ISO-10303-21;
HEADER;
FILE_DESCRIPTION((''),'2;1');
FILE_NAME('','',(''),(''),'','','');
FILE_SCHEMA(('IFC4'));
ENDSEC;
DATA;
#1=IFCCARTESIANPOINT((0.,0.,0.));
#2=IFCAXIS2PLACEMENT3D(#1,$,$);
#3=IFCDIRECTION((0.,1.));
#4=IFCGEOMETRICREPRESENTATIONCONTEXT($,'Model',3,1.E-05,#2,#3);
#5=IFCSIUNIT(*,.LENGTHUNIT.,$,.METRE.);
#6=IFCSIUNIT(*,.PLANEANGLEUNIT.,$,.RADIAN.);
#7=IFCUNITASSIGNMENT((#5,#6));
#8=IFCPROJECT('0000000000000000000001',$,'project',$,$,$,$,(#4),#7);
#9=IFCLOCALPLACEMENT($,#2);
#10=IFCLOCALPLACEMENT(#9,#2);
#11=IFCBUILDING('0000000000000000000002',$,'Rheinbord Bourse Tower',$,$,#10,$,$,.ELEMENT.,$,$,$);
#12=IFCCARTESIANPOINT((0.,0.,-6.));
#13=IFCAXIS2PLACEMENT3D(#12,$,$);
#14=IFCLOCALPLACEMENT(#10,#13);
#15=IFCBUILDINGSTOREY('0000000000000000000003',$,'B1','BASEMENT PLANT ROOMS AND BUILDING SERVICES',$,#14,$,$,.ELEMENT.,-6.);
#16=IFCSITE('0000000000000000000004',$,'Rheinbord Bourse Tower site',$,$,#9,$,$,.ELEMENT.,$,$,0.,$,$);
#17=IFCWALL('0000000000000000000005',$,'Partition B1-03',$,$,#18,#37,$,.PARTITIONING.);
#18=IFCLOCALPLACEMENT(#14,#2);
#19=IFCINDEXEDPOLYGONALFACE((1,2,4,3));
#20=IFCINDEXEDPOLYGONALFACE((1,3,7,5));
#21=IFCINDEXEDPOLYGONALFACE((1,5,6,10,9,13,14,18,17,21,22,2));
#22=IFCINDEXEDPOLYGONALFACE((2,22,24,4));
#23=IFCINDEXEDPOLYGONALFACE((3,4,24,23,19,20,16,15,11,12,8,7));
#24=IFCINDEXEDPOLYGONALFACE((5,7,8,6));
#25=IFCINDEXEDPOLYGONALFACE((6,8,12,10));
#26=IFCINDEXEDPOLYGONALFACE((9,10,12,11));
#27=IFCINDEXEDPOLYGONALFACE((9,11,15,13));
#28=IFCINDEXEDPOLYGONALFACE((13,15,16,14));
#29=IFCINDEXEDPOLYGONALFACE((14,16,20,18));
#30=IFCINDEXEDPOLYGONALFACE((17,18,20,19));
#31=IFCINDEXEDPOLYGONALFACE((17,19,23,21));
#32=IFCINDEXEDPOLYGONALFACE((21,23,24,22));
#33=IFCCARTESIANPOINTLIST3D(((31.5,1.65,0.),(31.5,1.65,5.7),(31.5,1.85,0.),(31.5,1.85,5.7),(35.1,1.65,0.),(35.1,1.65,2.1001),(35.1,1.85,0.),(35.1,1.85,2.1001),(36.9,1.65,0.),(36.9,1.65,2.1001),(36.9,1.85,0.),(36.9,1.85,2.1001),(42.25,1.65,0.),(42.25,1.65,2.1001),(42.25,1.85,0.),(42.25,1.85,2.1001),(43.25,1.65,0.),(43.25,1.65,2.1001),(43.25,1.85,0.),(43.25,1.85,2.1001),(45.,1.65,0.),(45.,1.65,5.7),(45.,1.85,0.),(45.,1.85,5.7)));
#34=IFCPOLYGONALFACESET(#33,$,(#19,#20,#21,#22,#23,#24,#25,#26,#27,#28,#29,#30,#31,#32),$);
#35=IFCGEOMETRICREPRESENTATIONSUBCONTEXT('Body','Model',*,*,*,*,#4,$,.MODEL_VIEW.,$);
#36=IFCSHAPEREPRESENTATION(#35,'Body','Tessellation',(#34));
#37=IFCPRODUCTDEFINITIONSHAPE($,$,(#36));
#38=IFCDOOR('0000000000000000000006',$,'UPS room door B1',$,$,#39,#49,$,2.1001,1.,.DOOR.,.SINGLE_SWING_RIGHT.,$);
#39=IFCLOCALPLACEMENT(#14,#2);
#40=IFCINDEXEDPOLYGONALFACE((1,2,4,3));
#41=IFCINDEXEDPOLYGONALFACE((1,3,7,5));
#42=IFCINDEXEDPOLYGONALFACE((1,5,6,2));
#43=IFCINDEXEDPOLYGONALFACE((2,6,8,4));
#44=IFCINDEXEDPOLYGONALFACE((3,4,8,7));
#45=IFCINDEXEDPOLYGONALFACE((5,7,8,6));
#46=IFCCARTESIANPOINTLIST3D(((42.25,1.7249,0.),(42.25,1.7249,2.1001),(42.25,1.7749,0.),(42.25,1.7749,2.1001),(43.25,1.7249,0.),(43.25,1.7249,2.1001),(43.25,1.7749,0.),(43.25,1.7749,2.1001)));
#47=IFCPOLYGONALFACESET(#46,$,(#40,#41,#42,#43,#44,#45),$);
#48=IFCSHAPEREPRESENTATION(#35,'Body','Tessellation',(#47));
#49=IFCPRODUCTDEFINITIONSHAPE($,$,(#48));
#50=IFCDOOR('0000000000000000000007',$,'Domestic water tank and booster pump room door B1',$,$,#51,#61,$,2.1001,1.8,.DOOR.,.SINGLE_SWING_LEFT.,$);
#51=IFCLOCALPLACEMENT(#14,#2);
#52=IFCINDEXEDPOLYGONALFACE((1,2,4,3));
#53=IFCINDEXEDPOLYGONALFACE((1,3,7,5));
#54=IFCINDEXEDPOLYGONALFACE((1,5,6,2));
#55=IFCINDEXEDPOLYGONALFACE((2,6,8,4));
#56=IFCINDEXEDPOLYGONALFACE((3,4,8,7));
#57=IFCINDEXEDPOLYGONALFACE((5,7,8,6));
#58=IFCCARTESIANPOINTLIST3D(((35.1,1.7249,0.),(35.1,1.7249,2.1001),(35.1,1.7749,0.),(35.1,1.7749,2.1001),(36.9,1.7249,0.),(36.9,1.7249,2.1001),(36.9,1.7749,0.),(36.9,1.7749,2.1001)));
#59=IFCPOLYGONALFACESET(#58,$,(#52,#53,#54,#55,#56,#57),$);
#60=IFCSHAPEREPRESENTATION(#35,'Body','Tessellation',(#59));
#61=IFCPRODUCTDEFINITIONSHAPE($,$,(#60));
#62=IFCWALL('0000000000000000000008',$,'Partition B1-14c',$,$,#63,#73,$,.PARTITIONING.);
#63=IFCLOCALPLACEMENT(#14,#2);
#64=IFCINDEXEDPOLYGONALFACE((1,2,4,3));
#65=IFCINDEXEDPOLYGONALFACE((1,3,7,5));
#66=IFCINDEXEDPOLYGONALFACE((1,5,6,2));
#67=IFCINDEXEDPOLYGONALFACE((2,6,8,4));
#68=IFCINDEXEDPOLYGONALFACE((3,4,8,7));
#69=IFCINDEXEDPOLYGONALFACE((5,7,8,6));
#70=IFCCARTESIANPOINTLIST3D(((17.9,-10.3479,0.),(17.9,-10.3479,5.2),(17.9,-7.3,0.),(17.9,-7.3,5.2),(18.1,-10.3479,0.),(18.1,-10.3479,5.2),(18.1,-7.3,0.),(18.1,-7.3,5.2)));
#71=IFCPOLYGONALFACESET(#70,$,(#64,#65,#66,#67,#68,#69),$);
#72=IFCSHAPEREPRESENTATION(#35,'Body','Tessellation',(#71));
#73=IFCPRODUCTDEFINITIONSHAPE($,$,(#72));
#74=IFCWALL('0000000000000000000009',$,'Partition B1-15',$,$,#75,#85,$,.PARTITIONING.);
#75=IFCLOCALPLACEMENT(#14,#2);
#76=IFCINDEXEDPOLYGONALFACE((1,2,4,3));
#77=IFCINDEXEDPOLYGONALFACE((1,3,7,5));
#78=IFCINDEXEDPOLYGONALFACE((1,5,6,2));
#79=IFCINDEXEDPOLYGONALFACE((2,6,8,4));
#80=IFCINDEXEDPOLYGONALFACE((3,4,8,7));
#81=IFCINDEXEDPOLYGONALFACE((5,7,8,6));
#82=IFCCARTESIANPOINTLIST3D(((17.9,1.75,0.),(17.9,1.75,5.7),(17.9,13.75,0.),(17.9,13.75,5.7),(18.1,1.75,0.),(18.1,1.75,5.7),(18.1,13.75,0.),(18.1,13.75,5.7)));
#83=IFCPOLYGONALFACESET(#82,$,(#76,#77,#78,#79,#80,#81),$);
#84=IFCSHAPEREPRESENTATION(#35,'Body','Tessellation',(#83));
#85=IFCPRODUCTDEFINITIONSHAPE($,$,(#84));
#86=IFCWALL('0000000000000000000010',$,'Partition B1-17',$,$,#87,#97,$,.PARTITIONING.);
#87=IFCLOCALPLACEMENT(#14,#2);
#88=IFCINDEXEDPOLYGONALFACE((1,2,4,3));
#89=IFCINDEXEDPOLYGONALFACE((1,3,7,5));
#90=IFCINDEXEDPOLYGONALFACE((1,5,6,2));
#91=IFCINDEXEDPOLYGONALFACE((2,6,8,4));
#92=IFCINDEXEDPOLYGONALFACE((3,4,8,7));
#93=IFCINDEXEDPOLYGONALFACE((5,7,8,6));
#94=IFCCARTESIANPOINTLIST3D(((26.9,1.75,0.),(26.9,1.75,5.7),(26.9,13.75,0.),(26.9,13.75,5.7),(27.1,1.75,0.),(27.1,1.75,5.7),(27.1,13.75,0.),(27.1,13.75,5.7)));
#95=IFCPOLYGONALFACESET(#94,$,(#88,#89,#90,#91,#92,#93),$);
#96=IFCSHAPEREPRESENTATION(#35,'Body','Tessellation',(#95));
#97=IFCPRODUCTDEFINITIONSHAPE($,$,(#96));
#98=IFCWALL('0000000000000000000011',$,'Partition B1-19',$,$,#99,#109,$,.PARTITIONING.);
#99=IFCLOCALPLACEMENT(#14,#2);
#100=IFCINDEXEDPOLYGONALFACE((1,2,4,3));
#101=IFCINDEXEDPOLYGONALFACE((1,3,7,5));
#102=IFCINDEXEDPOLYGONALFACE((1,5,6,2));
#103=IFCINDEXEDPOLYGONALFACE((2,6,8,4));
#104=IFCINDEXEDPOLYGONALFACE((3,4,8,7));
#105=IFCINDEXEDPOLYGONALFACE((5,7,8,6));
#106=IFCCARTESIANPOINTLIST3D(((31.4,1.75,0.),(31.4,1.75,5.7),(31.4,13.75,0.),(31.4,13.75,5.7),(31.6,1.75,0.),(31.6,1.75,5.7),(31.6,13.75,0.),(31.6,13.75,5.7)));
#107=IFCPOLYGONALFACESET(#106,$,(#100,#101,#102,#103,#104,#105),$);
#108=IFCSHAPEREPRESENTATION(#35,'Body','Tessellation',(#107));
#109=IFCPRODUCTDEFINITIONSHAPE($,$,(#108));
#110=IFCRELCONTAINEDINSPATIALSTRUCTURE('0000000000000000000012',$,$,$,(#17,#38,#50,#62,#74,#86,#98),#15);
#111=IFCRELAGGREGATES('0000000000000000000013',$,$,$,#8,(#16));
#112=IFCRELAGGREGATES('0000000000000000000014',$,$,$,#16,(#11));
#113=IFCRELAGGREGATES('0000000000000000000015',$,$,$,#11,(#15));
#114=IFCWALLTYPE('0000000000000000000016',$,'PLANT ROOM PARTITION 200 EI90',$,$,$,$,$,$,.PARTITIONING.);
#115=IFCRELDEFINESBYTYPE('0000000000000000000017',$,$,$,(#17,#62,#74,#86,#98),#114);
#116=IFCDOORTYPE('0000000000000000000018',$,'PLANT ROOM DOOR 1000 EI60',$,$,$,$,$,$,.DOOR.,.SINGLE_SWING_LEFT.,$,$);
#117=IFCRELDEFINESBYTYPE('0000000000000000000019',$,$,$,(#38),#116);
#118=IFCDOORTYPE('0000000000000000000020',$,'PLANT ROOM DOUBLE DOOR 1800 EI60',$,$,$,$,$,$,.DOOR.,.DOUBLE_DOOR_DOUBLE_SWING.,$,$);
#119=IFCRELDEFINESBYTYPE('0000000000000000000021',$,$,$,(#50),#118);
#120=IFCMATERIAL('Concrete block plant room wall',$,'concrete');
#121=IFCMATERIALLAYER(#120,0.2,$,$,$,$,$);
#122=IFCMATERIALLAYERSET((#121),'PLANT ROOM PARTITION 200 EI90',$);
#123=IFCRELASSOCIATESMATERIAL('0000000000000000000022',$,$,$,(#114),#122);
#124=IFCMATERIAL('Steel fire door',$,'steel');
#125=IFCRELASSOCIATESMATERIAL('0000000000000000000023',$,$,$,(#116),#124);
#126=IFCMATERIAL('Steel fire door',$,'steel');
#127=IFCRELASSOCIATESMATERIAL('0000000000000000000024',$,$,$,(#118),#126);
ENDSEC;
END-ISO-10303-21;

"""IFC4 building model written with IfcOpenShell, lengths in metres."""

from ifc_helpers import new_model, si_unit, direction, frame, frame_2d, origin, place, context, subcontext, project, spatial, rectangle, extrude, material, layer, layer_set, type_object, element, fill, save


model = new_model("IFC4")

# Units and contexts
model_context = context("Model", 3, precision=1e-05, world=origin(), true_north=direction((0.0, 1.0)))
body_context = subcontext(model_context, "Body", "Model", "MODEL_VIEW")
ifc_project = project(units=[si_unit("LENGTHUNIT", "METRE"), si_unit("PLANEANGLEUNIT", "RADIAN")], contexts=[model_context])

# Site, building, storey
site_placement = place(None, origin())
site = spatial("IfcSite", under=ifc_project, at=site_placement, Name="Rheinbord Bourse Tower site", CompositionType="ELEMENT", RefElevation=0.0)
building_placement = place(site_placement, origin())
building = spatial("IfcBuilding", under=site, at=building_placement, Name="Rheinbord Bourse Tower", CompositionType="ELEMENT")
storey_placement = place(building_placement, frame((0.0, 0.0, -6.0)))
storey = spatial("IfcBuildingStorey", under=building, at=storey_placement, Name="B1", Description="BASEMENT PLANT ROOMS AND BUILDING SERVICES", CompositionType="ELEMENT", Elevation=-6.0)

# Wall, openings, doors
ifc_material_1 = material(Name="Concrete block plant room wall", Category="concrete")
ifc_layer = layer(ifc_material_1, 0.2)
ifc_layer_set = layer_set([ifc_layer], Name="PLANT ROOM PARTITION 200 EI90")
wall_type = type_object("IfcWallType", Name="PLANT ROOM PARTITION 200 EI90", PredefinedType="PARTITIONING", material=ifc_layer_set)
wall_1_placement = place(storey_placement, frame((31.5, 1.75, 0.0), z_axis=(0.0, 0.0, 1.0), x_axis=(1.0, 0.0, 0.0)))
wall_1 = element("IfcWall", 1, at=wall_1_placement, inside=storey, type_object=wall_type, Name="Partition B1-03", PredefinedType="PARTITIONING", context=body_context, shape_type="SweptSolid", body=[
    extrude(rectangle(XDim=13.5, YDim=0.2, at=frame_2d((6.75, 0.0))), origin(), (0.0, 0.0, 1.0), 5.7),
])
opening_1_placement = place(wall_1_placement, frame((3.6001, 0.0, 0.0)))
opening_1 = element("IfcOpeningElement", 2, at=opening_1_placement, cuts=wall_1, PredefinedType="OPENING", context=body_context, shape_type="SweptSolid", body=[
    extrude(rectangle(XDim=1.8, YDim=2.1001, at=frame_2d((0.8999, 1.05))), frame((0.0, 0.1099, 0.0), z_axis=(0.0, -1.0, 0.0), x_axis=(1.0, 0.0, 0.0)), (0.0, 0.0, 1.0), 0.22),
])
opening_2_placement = place(wall_1_placement, frame((10.75, 0.0, 0.0)))
opening_2 = element("IfcOpeningElement", 3, at=opening_2_placement, cuts=wall_1, PredefinedType="OPENING", context=body_context, shape_type="SweptSolid", body=[
    extrude(rectangle(XDim=1.0, YDim=2.1001, at=frame_2d((0.5, 1.05))), frame((0.0, 0.1099, 0.0), z_axis=(0.0, -1.0, 0.0), x_axis=(1.0, 0.0, 0.0)), (0.0, 0.0, 1.0), 0.22),
])
ifc_material_2 = material(Name="Steel fire door", Category="steel")
door_type_1 = type_object("IfcDoorType", Name="PLANT ROOM DOOR 1000 EI60", OperationType="SINGLE_SWING_LEFT", PredefinedType="DOOR", material=ifc_material_2)
door_1_placement = place(opening_2_placement, origin())
door_1 = element("IfcDoor", 4, at=door_1_placement, inside=storey, type_object=door_type_1, Name="UPS room door B1", OperationType="SINGLE_SWING_RIGHT", OverallHeight=2.1001, OverallWidth=1.0, PredefinedType="DOOR", context=body_context, shape_type="SweptSolid", body=[
    extrude(rectangle(XDim=1.0, YDim=2.1001, at=frame_2d((0.5, 1.05))), frame((0.0, 0.0249, 0.0), z_axis=(0.0, -1.0, 0.0), x_axis=(1.0, 0.0, 0.0)), (0.0, 0.0, 1.0), 0.05),
])
fill(opening_2, door_1)
ifc_material_3 = material(Name="Steel fire door", Category="steel")
door_type_2 = type_object("IfcDoorType", Name="PLANT ROOM DOUBLE DOOR 1800 EI60", OperationType="DOUBLE_DOOR_DOUBLE_SWING", PredefinedType="DOOR", material=ifc_material_3)
door_2_placement = place(opening_1_placement, origin())
door_2 = element("IfcDoor", 5, at=door_2_placement, inside=storey, type_object=door_type_2, Name="Domestic water tank and booster pump room door B1", OperationType="SINGLE_SWING_LEFT", OverallHeight=2.1001, OverallWidth=1.8, PredefinedType="DOOR", context=body_context, shape_type="SweptSolid", body=[
    extrude(rectangle(XDim=1.8, YDim=2.1001, at=frame_2d((0.8999, 1.05))), frame((0.0, 0.0249, 0.0), z_axis=(0.0, -1.0, 0.0), x_axis=(1.0, 0.0, 0.0)), (0.0, 0.0, 1.0), 0.05),
])
fill(opening_1, door_2)

# Walls
wall_2_placement = place(storey_placement, frame((18.0, -10.3479, 0.0), z_axis=(0.0, 0.0, 1.0), x_axis=(0.0, 1.0, 0.0)))
element("IfcWall", 6, at=wall_2_placement, inside=storey, type_object=wall_type, Name="Partition B1-14c", PredefinedType="PARTITIONING", context=body_context, shape_type="SweptSolid", body=[
    extrude(rectangle(XDim=3.0479, YDim=0.2, at=frame_2d((1.5239, 0.0))), origin(), (0.0, 0.0, 1.0), 5.2),
])
for number, where, z_axis, x_axis, name in (
    (7, (18.0, 1.75, 0.0), (0.0, 0.0, 1.0), (0.0, 1.0, 0.0), "Partition B1-15"),
    (8, (27.0, 1.75, 0.0), (0.0, 0.0, 1.0), (0.0, 1.0, 0.0), "Partition B1-17"),
    (9, (31.5, 1.75, 0.0), (0.0, 0.0, 1.0), (0.0, 1.0, 0.0), "Partition B1-19"),
):
    element("IfcWall", number, at=place(storey_placement, frame(where, z_axis=z_axis, x_axis=x_axis)), inside=storey, type_object=wall_type, Name=name, PredefinedType="PARTITIONING", context=body_context, shape_type="SweptSolid", body=[
        extrude(rectangle(XDim=12.0, YDim=0.2, at=frame_2d((6.0, 0.0))), origin(), (0.0, 0.0, 1.0), 5.7),
    ])

save(model, "model.ifc")
